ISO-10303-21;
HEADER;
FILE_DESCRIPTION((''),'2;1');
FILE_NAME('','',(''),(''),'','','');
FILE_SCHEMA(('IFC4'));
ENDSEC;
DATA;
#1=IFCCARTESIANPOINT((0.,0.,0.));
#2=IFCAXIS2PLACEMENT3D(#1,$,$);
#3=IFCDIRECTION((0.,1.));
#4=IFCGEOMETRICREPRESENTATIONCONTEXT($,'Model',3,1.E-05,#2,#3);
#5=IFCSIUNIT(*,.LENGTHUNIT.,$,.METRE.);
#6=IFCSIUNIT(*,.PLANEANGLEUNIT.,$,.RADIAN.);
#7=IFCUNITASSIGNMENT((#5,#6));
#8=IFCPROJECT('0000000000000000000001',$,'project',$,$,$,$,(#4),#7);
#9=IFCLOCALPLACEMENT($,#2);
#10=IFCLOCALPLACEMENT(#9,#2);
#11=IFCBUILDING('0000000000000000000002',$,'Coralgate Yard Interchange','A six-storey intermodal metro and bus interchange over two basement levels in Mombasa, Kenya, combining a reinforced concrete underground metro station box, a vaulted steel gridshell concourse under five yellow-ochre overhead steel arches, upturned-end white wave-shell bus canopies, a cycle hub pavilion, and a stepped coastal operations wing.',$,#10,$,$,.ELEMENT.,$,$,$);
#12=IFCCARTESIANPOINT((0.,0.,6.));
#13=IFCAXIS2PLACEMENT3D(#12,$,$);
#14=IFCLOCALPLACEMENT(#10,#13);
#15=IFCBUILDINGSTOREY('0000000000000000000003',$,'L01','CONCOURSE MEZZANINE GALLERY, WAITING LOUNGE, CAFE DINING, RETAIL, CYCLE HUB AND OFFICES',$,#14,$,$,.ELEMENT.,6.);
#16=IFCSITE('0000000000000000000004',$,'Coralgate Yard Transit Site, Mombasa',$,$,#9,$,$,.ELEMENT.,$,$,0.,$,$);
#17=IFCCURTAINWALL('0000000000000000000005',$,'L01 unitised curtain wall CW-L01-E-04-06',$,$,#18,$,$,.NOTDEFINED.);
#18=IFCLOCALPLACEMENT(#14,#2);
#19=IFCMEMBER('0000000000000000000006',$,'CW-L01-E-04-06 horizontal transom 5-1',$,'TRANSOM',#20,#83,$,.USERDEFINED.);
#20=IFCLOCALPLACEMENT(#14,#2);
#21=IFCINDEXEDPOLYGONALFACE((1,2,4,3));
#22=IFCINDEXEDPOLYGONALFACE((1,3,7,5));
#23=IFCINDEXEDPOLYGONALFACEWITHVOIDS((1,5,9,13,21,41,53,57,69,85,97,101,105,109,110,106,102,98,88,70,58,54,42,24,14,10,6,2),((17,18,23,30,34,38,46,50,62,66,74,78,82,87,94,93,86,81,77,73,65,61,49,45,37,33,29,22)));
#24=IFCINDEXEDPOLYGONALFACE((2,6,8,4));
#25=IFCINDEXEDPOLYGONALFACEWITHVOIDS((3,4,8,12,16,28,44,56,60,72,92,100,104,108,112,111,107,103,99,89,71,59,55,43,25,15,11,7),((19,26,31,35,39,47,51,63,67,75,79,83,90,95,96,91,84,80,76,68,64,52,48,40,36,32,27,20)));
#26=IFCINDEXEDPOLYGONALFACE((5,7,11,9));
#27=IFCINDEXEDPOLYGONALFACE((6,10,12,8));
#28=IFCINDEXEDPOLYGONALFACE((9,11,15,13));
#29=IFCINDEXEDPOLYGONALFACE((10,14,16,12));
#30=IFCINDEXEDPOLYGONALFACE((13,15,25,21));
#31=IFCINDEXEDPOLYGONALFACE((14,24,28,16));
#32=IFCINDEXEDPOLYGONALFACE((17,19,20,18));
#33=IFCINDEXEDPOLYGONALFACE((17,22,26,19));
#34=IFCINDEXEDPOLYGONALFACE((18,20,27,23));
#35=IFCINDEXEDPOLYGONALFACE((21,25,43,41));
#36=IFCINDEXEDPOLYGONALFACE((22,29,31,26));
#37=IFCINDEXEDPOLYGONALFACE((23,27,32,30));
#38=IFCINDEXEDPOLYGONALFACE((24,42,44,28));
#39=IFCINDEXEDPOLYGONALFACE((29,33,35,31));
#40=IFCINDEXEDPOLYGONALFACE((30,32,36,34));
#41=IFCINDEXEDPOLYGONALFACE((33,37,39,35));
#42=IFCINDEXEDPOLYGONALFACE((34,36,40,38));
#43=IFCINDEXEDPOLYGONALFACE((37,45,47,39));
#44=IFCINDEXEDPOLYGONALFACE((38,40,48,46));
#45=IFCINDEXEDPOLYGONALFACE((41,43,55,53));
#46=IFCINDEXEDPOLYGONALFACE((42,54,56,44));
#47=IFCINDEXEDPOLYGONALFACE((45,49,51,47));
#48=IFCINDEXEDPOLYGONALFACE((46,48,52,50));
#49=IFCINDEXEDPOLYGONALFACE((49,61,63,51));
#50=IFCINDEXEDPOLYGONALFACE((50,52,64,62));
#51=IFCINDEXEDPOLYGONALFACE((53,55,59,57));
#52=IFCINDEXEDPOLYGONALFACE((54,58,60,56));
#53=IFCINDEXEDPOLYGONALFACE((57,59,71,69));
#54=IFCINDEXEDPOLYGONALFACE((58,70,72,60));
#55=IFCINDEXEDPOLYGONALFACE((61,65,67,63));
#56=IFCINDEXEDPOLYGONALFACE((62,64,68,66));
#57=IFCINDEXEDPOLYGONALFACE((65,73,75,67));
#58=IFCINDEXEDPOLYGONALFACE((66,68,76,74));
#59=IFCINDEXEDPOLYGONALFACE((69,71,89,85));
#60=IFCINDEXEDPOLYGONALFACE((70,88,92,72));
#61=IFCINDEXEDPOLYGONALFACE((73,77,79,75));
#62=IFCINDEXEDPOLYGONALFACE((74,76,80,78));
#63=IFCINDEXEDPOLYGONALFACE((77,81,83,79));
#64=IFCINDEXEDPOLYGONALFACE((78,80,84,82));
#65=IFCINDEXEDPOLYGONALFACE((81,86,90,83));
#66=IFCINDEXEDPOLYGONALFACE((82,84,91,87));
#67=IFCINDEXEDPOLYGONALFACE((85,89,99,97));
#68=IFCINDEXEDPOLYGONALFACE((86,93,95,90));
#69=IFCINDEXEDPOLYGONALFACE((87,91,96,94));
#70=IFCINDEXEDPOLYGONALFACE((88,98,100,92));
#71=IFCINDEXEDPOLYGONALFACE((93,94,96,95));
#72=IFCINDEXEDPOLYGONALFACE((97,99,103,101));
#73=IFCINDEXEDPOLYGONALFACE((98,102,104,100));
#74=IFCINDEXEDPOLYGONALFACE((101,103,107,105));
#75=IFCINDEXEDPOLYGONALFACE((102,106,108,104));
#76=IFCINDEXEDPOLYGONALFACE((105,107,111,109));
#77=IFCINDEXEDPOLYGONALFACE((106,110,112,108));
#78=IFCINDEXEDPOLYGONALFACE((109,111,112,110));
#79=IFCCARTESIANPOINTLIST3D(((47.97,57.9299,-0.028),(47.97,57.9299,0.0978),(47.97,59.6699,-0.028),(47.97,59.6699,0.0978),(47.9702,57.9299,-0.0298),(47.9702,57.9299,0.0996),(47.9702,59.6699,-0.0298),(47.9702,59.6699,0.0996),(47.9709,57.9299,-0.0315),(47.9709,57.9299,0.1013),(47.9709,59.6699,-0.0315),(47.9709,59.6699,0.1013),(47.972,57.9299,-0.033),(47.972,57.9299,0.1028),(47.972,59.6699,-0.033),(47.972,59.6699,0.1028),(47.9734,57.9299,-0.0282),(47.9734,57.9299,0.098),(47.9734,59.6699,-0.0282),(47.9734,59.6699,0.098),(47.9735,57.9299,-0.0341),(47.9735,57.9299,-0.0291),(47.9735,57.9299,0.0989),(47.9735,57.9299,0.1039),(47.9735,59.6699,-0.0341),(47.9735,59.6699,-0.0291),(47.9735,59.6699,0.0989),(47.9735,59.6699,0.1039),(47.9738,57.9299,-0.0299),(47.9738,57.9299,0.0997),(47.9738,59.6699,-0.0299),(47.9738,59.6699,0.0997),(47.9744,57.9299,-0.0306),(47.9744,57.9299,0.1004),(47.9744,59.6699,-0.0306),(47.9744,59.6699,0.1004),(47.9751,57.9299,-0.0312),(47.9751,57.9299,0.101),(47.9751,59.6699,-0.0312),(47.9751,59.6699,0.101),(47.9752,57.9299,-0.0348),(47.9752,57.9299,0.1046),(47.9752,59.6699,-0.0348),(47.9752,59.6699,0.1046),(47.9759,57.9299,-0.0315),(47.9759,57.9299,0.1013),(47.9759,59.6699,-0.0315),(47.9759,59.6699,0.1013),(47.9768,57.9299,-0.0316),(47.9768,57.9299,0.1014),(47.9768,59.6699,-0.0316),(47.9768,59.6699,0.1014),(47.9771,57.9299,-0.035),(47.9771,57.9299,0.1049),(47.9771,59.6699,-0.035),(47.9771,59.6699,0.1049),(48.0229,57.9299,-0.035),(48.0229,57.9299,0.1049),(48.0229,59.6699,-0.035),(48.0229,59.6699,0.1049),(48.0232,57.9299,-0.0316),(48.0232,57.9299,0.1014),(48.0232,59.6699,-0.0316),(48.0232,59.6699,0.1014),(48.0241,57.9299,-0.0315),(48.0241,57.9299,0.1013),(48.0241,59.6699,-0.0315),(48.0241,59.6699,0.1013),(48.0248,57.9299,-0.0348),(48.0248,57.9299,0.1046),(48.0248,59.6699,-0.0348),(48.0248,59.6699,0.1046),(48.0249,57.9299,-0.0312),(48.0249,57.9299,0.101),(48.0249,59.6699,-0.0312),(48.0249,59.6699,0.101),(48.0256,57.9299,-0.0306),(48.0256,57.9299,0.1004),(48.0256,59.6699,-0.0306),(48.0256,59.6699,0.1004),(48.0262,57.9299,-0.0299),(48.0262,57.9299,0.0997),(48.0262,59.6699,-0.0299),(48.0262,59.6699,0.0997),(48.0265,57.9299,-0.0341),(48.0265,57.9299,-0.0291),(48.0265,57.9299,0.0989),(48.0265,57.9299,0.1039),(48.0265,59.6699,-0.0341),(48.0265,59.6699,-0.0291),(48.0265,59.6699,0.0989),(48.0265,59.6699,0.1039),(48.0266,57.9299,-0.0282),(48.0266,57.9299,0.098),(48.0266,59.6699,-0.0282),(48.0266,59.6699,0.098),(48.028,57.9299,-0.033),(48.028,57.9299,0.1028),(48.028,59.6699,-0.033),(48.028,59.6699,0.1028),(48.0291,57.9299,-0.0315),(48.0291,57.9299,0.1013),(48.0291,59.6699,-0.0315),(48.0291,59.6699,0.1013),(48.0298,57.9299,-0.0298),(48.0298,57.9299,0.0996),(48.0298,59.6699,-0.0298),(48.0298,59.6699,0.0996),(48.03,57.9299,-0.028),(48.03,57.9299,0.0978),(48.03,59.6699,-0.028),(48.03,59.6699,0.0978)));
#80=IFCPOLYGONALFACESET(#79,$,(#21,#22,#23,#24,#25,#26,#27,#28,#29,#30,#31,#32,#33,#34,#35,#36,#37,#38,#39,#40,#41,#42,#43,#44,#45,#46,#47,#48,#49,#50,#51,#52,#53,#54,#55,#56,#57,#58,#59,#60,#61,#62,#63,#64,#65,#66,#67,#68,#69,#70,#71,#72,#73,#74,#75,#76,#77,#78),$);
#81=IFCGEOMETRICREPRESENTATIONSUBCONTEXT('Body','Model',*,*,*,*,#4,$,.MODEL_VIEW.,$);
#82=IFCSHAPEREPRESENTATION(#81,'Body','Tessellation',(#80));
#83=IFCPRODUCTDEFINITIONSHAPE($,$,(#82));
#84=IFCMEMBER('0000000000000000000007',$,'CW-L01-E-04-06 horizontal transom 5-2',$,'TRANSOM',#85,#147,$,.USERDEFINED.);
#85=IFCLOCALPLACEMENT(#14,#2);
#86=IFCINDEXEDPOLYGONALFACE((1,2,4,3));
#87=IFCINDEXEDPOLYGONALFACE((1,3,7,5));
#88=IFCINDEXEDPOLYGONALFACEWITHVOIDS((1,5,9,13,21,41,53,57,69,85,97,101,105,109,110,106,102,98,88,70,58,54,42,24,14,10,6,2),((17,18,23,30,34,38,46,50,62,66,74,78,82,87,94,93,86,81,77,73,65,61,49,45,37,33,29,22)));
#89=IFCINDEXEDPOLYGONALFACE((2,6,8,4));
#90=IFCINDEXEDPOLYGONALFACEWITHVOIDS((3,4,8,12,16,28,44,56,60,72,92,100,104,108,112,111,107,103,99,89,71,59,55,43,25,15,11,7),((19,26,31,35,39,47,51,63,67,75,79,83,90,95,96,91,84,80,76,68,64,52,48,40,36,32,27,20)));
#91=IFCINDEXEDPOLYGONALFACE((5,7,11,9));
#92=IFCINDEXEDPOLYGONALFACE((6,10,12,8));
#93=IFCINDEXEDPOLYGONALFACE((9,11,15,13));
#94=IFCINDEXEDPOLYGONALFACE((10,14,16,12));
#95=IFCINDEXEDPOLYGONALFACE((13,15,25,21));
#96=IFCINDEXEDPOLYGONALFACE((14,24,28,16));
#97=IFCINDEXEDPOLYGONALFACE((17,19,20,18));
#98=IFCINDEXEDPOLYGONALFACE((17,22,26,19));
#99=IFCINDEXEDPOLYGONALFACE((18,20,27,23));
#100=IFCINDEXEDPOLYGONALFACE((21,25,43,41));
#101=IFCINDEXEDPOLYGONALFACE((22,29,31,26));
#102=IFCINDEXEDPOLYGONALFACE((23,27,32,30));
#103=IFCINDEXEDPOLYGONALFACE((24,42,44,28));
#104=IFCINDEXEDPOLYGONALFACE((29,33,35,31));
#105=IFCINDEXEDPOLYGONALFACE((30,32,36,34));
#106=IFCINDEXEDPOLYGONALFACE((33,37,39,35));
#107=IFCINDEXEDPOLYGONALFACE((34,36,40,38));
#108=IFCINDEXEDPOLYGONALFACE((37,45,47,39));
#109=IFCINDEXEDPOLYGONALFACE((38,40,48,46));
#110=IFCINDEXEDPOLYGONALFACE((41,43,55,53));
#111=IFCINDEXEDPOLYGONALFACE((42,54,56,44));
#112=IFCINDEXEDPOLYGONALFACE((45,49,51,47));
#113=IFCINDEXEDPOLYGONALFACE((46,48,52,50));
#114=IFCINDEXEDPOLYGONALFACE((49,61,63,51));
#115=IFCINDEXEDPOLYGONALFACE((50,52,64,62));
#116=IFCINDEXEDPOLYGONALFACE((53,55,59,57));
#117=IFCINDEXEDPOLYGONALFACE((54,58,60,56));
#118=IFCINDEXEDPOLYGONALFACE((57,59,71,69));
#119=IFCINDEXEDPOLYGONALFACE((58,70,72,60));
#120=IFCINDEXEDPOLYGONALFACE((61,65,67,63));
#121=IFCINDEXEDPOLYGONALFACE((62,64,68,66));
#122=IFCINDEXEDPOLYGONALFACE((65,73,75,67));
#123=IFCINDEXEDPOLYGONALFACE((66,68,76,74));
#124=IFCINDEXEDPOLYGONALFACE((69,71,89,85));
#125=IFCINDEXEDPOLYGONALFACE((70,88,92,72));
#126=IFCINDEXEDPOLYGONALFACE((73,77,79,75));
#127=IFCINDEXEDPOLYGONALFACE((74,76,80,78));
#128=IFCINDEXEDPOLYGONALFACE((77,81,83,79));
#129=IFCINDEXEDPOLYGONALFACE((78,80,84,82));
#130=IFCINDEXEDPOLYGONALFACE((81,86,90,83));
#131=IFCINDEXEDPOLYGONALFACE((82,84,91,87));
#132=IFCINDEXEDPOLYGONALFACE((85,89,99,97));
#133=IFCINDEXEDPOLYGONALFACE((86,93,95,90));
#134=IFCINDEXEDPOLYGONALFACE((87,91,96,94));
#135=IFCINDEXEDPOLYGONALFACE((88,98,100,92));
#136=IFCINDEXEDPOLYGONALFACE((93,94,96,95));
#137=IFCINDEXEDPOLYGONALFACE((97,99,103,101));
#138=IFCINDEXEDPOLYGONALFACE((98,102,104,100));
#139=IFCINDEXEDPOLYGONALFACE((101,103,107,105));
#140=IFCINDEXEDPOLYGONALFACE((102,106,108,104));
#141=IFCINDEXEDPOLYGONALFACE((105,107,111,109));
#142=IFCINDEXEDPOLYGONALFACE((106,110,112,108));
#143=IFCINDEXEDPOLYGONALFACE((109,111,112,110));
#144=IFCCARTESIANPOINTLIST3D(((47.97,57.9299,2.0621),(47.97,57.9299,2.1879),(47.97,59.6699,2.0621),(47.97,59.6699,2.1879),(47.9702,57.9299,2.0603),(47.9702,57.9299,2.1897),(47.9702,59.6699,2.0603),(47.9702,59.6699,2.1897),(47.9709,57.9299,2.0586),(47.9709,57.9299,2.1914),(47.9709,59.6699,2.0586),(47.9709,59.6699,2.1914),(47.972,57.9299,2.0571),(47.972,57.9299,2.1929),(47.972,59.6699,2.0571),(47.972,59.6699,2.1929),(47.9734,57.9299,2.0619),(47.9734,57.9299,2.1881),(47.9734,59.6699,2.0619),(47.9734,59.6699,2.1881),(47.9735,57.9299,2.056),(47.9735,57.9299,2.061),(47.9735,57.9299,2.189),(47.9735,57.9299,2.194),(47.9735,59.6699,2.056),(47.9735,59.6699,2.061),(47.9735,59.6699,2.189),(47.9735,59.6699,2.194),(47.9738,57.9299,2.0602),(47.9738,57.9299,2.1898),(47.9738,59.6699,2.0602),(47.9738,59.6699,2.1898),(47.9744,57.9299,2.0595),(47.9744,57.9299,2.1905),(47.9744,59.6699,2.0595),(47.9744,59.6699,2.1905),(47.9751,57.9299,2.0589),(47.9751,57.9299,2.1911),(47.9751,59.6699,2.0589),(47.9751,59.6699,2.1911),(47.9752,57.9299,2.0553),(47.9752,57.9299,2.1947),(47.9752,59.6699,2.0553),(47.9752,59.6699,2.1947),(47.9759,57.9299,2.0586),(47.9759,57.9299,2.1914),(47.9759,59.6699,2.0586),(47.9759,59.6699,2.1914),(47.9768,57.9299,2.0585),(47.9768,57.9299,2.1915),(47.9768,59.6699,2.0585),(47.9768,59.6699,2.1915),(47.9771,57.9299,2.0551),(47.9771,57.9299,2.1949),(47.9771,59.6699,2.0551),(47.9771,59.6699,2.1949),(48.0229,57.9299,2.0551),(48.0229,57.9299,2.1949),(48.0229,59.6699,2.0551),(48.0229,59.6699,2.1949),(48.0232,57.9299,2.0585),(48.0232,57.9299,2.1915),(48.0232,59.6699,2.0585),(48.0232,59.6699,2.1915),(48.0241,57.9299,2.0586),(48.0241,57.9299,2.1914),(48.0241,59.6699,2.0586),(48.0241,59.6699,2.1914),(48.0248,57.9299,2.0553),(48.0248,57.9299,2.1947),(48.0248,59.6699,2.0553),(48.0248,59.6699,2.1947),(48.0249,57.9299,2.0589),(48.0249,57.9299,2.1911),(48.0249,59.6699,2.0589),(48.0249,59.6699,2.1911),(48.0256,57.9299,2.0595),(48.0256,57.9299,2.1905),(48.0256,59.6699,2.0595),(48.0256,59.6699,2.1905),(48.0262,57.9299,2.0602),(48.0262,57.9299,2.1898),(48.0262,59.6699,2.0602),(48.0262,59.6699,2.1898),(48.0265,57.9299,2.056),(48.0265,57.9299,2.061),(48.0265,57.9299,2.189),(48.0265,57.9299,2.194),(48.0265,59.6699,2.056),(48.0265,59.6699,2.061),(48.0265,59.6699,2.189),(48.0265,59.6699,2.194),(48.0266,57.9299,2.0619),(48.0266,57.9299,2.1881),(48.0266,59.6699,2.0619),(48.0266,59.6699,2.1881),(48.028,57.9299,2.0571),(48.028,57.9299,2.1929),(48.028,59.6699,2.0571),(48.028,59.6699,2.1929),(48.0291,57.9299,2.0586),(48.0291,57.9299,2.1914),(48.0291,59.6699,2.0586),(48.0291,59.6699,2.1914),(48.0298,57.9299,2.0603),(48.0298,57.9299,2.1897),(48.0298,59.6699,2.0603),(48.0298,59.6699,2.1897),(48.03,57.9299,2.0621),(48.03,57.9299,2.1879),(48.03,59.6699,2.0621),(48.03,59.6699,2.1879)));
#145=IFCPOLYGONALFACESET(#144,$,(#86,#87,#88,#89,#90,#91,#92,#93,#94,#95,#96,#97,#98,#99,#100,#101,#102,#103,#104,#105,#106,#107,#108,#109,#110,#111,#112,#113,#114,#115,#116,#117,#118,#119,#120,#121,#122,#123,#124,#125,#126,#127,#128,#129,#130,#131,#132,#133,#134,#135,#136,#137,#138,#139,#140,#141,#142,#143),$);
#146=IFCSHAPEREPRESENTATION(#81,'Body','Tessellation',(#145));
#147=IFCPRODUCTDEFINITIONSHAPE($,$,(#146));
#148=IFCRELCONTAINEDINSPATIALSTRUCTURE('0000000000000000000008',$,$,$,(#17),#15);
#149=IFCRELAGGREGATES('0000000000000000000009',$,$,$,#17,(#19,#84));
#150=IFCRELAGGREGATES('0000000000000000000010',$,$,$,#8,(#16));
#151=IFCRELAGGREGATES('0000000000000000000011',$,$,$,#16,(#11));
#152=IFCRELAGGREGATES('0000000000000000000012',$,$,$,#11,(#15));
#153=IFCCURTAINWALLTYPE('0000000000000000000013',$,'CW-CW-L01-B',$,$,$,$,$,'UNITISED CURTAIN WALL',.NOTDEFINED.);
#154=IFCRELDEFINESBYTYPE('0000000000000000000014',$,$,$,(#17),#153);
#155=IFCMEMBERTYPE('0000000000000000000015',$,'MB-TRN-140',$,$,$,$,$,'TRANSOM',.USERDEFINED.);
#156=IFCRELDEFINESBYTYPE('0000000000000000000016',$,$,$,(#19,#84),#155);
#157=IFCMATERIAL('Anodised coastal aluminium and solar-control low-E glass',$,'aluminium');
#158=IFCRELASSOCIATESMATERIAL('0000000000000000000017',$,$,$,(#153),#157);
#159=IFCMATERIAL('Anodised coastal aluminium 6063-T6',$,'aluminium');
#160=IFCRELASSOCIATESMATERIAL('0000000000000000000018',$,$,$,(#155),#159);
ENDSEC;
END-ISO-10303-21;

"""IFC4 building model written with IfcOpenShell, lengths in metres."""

from ifc_helpers import new_model, si_unit, direction, frame, origin, origin_2d, place, context, subcontext, project, spatial, hollow_rectangle, extrude, material, material_profile, profile_set, type_object, element, aggregate, save


model = new_model("IFC4")

# Units and contexts
model_context = context("Model", 3, precision=1e-05, world=origin(), true_north=direction((0.0, 1.0)))
body_context = subcontext(model_context, "Body", "Model", "MODEL_VIEW")
ifc_project = project(units=[si_unit("LENGTHUNIT", "METRE"), si_unit("PLANEANGLEUNIT", "RADIAN")], contexts=[model_context])

# Site, building, storey
site_placement = place(None, origin())
site = spatial("IfcSite", under=ifc_project, at=site_placement, Name="Coralgate Yard Transit Site, Mombasa", CompositionType="ELEMENT", RefElevation=0.0)
building_placement = place(site_placement, origin())
building = spatial("IfcBuilding", under=site, at=building_placement, Name="Coralgate Yard Interchange", Description="A six-storey intermodal metro and bus interchange over two basement levels in Mombasa, Kenya, combining a reinforced concrete underground metro station box, a vaulted steel gridshell concourse under five yellow-ochre overhead steel arches, upturned-end white wave-shell bus canopies, a cycle hub pavilion, and a stepped coastal operations wing.", CompositionType="ELEMENT")
storey_placement = place(building_placement, frame((0.0, 0.0, 6.0)))
storey = spatial("IfcBuildingStorey", under=building, at=storey_placement, Name="L01", Description="CONCOURSE MEZZANINE GALLERY, WAITING LOUNGE, CAFE DINING, RETAIL, CYCLE HUB AND OFFICES", CompositionType="ELEMENT", Elevation=6.0)

# Shared definitions
ifc_material_1 = material(Name="Anodised coastal aluminium and solar-control low-E glass", Category="aluminium")
curtain_wall_type = type_object("IfcCurtainWallType", Name="CW-CW-L01-B", ElementType="UNITISED CURTAIN WALL", PredefinedType="NOTDEFINED", material=ifc_material_1)
ifc_material_2 = material(Name="Anodised coastal aluminium 6063-T6", Category="aluminium")

# Curtain wall
curtain_wall_1_placement = place(storey_placement, origin())
curtain_wall_1 = element("IfcCurtainWall", 1, at=curtain_wall_1_placement, inside=storey, type_object=curtain_wall_type, Name="L01 unitised curtain wall CW-L01-E-04-06", PredefinedType="NOTDEFINED")

# Members
ifc_material_profile_1 = material_profile(ifc_material_2, hollow_rectangle(XDim=0.0601, YDim=0.1399, WallThickness=0.0034, InnerFilletRadius=0.0034, OuterFilletRadius=0.0071, at=origin_2d()), Name="ALU 60x140x3.5")
ifc_profile_set_1 = profile_set([ifc_material_profile_1], Name="Anodised coastal aluminium 6063-T6")
member_type_1 = type_object("IfcMemberType", Name="MB-TRN-140", ElementType="TRANSOM", PredefinedType="USERDEFINED", material=ifc_profile_set_1)
member_1_placement = place(storey_placement, frame((48.0, 59.6699, 0.0349), z_axis=(0.0, -1.0, 0.0), x_axis=(1.0, 0.0, 0.0)))
member_1 = element("IfcMember", 2, at=member_1_placement, type_object=member_type_1, Name="CW-L01-E-04-06 horizontal transom 5-1", ObjectType="TRANSOM", PredefinedType="USERDEFINED", context=body_context, shape_type="SweptSolid", body=[
    extrude(hollow_rectangle(XDim=0.0601, YDim=0.1399, WallThickness=0.0034, InnerFilletRadius=0.0034, OuterFilletRadius=0.0071, at=origin_2d()), origin(), (0.0, 0.0, 1.0), 1.74),
])
member_2_placement = place(storey_placement, frame((48.0, 59.6699, 2.125), z_axis=(0.0, -1.0, 0.0), x_axis=(1.0, 0.0, 0.0)))
member_2 = element("IfcMember", 3, at=member_2_placement, type_object=member_type_1, Name="CW-L01-E-04-06 horizontal transom 5-2", ObjectType="TRANSOM", PredefinedType="USERDEFINED", context=body_context, shape_type="SweptSolid", body=[
    extrude(hollow_rectangle(XDim=0.0601, YDim=0.1399, WallThickness=0.0034, InnerFilletRadius=0.0034, OuterFilletRadius=0.0071, at=origin_2d()), origin(), (0.0, 0.0, 1.0), 1.74),
])

aggregate(curtain_wall_1, [member_1, member_2])

save(model, "model.ifc")
